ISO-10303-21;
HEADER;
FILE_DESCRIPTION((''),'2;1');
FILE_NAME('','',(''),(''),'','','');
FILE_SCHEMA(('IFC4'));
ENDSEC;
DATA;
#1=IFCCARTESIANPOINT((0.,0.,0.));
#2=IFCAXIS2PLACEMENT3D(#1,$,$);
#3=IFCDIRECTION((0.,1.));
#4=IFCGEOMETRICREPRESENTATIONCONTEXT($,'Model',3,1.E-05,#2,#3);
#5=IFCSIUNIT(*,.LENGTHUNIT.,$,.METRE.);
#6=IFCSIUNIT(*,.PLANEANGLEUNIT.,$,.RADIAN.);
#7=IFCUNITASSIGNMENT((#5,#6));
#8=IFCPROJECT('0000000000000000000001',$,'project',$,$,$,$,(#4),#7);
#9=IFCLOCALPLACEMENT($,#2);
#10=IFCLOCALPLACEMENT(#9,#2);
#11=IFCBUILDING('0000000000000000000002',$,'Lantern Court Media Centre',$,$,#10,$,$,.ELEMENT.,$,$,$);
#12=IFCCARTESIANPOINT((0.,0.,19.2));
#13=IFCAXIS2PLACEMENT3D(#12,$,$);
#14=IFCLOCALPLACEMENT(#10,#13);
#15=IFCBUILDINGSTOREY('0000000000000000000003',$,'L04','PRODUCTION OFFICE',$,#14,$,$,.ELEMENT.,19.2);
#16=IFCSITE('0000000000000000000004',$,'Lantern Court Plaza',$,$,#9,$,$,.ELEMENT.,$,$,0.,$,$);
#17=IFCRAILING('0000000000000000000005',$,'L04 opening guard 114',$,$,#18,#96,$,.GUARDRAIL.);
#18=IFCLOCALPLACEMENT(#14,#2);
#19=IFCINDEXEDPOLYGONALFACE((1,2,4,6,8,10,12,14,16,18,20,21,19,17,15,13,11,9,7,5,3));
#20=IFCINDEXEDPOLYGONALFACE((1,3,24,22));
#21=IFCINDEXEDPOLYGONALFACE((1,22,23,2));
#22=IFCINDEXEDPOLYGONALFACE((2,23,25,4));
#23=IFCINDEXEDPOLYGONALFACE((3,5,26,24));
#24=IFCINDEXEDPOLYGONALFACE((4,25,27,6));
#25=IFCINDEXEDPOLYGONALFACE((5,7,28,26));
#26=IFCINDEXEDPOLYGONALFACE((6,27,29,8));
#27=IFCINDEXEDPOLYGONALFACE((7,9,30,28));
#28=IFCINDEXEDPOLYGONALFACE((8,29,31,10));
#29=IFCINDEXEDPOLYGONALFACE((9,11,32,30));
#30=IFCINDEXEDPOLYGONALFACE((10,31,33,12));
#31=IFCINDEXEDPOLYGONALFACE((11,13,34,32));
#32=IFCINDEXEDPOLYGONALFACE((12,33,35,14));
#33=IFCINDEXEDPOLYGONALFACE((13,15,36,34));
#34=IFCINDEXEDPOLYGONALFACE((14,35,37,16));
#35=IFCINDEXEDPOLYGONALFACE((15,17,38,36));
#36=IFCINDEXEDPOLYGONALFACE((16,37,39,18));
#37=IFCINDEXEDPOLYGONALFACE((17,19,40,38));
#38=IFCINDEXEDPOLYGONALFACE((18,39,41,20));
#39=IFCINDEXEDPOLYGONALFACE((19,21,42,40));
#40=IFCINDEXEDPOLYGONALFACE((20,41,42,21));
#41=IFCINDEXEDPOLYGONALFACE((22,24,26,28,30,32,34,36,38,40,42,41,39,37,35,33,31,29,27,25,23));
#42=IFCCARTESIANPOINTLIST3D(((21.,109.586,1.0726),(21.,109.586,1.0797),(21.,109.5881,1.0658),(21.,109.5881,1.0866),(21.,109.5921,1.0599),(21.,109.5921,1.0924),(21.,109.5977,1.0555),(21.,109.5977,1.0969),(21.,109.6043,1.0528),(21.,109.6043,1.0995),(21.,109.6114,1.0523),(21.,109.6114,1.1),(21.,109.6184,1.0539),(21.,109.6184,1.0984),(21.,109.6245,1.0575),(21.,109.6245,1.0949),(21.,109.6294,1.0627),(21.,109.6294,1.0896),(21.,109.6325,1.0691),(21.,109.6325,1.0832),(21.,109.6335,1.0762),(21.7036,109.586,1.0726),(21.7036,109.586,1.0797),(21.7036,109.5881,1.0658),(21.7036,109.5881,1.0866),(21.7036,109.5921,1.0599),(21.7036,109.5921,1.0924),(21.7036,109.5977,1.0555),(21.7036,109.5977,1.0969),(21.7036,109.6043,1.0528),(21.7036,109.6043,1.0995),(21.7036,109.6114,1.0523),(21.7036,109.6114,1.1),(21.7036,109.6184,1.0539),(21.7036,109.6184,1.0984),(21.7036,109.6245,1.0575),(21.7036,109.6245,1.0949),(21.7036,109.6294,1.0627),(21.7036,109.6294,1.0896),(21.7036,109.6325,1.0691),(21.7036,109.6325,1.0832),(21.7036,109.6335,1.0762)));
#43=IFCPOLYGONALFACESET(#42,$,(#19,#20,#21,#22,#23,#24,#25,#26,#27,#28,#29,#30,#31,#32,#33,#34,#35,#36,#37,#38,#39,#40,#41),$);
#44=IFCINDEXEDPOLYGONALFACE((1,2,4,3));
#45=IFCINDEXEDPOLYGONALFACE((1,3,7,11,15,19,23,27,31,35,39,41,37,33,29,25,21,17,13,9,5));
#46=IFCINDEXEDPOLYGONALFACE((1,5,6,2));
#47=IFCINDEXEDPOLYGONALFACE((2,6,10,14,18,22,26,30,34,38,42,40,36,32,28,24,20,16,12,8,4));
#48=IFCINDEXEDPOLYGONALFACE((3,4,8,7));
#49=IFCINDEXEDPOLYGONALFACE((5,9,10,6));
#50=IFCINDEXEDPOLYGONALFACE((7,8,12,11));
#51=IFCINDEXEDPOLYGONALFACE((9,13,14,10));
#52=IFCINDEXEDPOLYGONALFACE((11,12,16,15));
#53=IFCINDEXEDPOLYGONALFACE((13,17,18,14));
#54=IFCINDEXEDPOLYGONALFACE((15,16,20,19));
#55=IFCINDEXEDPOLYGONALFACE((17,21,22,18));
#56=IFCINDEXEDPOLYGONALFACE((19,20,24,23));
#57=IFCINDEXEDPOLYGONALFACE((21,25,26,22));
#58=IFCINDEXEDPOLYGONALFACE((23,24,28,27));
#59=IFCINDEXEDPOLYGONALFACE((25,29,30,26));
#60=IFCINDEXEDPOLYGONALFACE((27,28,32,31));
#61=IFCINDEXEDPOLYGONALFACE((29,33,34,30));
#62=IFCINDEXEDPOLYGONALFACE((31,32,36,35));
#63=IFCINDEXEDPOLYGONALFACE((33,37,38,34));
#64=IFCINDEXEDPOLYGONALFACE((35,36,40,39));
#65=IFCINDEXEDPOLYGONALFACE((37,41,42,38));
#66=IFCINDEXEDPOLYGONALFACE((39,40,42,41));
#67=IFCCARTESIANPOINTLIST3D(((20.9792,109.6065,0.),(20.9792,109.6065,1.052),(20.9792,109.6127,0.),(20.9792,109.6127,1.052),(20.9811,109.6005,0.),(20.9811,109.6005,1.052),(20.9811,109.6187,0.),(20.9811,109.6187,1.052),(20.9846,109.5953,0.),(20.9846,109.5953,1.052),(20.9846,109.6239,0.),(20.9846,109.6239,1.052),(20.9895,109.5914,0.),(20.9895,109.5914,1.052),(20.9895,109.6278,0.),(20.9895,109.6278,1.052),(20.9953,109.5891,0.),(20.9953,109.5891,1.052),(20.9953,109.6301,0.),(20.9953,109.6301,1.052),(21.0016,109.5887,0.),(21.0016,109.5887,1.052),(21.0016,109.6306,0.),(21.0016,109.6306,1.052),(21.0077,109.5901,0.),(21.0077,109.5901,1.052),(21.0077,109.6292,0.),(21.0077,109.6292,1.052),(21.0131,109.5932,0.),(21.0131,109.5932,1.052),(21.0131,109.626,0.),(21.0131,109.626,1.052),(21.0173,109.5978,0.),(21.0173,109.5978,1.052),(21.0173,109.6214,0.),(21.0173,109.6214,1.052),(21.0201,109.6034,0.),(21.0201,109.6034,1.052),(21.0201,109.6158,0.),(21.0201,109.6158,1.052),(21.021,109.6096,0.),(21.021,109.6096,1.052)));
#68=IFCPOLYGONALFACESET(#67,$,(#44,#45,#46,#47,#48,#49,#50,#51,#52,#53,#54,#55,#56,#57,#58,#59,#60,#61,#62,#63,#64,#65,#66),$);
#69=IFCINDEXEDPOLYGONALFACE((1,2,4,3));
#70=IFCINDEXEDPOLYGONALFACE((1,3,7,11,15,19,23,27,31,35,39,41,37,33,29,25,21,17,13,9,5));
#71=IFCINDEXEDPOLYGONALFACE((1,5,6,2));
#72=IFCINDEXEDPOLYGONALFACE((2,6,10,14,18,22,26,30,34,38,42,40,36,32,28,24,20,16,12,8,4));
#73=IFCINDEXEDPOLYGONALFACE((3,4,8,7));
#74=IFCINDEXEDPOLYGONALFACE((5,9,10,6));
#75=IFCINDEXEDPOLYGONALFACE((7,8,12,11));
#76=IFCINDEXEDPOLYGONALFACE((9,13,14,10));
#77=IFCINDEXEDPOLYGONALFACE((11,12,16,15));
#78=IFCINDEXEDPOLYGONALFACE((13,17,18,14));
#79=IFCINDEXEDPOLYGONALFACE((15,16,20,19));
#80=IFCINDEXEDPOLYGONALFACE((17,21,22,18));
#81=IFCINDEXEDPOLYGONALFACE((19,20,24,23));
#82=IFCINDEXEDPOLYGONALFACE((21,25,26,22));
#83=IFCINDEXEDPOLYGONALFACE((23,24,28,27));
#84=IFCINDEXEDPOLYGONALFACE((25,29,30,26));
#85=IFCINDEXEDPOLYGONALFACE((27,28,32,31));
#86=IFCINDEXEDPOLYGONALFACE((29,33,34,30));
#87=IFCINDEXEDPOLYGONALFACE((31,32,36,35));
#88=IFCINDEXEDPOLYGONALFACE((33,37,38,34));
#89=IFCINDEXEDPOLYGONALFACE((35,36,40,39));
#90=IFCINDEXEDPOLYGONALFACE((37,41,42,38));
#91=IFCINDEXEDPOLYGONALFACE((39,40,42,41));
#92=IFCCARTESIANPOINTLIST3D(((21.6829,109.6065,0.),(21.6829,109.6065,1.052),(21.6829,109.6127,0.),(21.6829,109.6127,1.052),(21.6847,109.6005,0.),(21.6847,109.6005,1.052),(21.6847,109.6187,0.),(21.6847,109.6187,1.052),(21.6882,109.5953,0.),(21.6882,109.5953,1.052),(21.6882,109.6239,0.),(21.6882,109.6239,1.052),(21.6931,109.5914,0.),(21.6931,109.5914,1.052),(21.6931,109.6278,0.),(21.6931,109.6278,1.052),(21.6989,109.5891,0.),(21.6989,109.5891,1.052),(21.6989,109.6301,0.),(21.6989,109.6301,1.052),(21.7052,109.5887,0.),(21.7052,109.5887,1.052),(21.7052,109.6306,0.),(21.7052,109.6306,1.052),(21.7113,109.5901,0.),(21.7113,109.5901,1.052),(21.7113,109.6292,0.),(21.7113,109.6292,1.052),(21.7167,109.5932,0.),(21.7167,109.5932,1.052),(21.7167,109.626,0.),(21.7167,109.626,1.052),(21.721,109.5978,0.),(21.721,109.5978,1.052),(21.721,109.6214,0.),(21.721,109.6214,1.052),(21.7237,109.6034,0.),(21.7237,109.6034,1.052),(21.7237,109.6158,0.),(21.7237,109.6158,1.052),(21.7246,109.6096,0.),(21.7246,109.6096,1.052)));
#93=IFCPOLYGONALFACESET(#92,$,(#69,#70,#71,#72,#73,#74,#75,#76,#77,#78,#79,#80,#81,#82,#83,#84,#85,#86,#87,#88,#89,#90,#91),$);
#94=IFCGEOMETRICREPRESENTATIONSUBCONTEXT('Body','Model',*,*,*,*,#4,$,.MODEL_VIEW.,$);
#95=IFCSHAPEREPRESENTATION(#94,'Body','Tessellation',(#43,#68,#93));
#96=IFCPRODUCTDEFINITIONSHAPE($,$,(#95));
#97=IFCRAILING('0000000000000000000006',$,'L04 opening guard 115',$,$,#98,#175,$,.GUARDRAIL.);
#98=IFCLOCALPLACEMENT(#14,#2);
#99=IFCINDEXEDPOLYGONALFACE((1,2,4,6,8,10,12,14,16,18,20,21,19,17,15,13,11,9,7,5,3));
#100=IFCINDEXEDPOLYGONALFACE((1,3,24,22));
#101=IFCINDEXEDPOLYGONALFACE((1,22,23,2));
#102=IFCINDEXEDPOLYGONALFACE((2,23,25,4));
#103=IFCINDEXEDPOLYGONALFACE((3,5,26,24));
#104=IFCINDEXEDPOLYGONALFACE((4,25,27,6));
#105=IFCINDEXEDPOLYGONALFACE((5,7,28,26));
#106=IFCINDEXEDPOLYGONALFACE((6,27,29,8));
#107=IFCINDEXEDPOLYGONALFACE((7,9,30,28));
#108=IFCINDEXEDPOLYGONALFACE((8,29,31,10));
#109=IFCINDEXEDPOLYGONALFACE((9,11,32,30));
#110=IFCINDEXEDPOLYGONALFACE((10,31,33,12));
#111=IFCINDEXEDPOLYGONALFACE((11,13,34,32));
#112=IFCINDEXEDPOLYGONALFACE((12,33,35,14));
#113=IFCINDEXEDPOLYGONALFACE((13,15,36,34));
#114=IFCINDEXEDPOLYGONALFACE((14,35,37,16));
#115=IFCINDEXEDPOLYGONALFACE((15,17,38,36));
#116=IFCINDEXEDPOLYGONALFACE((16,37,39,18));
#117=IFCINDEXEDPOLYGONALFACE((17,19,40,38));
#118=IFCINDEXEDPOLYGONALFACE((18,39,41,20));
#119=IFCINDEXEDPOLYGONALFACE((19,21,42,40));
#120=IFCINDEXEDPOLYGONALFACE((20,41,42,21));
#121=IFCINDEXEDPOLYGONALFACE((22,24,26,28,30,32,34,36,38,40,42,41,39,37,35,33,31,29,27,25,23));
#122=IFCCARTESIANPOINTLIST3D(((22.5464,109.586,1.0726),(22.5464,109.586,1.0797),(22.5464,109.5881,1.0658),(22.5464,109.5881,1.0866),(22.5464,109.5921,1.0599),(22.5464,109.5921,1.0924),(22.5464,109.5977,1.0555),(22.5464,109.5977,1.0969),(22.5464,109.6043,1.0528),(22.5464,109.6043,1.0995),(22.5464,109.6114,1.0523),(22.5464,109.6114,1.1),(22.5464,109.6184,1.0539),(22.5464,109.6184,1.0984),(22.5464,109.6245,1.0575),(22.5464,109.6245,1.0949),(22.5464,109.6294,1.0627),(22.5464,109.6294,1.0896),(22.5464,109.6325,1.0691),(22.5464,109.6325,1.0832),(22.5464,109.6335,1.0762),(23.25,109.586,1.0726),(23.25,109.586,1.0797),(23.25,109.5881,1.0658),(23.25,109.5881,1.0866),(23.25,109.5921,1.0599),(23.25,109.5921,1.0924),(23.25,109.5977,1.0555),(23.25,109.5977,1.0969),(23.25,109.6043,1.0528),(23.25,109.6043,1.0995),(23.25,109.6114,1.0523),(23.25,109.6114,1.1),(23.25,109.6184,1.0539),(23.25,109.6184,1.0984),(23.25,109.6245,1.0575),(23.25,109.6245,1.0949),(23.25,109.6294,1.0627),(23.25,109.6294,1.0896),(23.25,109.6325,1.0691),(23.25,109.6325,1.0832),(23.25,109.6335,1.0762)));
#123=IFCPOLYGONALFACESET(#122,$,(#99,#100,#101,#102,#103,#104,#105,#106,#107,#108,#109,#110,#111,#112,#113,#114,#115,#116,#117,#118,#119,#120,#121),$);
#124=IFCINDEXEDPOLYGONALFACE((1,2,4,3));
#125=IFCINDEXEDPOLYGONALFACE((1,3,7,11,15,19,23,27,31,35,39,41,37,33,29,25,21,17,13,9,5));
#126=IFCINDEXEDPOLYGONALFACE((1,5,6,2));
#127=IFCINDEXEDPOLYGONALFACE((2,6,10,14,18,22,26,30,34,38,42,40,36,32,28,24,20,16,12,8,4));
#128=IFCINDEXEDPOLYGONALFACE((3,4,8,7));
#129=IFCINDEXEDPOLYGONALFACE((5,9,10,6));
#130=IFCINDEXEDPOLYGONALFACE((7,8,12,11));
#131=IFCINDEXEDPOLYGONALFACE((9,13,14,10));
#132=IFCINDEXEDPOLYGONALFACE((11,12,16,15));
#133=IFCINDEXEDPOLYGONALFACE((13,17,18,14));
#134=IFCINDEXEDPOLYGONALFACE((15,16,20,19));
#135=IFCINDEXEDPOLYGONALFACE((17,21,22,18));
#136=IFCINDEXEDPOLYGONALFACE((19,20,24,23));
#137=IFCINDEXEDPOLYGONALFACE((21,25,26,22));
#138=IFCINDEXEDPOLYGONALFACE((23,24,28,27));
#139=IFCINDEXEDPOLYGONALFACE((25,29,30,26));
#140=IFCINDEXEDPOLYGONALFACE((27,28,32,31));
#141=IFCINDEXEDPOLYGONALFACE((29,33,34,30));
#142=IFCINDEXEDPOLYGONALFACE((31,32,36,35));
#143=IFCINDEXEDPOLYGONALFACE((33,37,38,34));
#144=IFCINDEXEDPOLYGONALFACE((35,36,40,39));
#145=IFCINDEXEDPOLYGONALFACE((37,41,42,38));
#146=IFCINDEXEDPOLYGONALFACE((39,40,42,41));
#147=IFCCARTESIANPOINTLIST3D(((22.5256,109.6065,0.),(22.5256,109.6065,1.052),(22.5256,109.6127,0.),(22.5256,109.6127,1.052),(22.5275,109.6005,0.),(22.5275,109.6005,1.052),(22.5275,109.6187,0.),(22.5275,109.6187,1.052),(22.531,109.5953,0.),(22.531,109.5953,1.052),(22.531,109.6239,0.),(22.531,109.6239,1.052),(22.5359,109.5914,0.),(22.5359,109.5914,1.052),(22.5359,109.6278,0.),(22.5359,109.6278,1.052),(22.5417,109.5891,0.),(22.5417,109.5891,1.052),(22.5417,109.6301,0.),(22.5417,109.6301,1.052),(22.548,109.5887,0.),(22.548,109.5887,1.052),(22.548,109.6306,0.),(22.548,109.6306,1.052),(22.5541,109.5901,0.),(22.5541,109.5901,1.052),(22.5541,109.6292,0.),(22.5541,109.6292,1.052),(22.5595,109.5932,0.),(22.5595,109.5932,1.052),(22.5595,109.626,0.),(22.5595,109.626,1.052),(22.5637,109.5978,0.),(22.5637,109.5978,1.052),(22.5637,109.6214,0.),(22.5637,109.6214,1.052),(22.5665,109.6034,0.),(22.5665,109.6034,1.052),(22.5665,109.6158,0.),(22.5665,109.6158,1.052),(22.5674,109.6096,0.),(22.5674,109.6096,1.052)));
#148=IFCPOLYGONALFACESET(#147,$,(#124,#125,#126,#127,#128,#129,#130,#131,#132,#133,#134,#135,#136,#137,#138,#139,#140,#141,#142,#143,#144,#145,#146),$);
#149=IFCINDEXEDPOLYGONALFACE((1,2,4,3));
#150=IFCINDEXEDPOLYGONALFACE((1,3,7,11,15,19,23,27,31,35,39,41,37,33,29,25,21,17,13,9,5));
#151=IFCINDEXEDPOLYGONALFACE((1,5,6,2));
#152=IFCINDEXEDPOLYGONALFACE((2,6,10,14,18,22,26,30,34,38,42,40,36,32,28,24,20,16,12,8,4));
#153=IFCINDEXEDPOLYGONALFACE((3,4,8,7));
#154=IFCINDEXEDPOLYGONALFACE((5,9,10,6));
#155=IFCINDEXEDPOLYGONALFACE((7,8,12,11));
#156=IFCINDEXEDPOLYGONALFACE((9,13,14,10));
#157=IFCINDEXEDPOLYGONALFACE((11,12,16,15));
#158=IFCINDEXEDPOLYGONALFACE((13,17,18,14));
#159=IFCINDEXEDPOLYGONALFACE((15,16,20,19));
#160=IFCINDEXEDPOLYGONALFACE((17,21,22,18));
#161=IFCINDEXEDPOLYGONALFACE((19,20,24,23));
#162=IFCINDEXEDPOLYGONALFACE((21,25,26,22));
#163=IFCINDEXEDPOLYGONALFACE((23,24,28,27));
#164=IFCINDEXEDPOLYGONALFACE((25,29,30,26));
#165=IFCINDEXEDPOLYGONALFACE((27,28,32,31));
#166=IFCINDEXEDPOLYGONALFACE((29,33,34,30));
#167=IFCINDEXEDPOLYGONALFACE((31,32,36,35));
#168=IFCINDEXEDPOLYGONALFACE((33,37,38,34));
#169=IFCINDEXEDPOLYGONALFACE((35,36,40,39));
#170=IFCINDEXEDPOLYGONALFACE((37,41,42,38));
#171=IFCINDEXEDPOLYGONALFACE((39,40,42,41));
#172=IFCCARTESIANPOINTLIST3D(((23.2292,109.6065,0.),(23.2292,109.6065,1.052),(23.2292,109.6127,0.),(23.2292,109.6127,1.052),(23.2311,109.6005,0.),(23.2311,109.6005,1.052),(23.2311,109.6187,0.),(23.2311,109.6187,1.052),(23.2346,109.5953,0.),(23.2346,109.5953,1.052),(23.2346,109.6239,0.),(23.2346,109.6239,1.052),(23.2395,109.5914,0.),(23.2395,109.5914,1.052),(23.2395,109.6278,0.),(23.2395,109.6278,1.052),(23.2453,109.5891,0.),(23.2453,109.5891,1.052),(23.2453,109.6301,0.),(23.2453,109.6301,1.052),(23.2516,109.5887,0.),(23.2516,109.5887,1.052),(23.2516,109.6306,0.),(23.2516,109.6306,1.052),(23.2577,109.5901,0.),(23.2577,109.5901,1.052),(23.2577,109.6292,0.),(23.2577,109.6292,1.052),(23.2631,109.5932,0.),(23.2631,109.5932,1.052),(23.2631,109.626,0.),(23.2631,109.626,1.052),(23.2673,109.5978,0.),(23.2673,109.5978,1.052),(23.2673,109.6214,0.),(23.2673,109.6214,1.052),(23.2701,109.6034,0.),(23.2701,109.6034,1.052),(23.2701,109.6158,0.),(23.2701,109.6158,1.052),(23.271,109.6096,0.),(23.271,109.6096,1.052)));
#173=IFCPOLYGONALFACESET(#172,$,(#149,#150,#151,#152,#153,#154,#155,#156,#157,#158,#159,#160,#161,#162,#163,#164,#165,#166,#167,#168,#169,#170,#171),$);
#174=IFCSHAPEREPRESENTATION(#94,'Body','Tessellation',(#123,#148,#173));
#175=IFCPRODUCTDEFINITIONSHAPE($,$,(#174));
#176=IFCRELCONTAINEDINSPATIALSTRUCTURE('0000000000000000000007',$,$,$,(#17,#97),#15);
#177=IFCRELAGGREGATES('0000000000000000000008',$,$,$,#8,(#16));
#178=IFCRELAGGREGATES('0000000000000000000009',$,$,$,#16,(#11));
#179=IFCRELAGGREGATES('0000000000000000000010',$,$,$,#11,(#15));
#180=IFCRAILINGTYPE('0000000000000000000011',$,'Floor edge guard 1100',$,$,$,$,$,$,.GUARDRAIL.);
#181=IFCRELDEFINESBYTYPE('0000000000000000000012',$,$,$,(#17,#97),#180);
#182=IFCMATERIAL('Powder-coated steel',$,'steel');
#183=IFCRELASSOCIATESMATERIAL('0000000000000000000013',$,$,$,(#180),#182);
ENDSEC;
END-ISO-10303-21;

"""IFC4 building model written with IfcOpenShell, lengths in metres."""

from ifc_helpers import new_model, si_unit, direction, frame, origin, origin_2d, place, context, subcontext, project, spatial, circle, extrude, material, type_object, element, save


model = new_model("IFC4")

# Units and contexts
model_context = context("Model", 3, precision=1e-05, world=origin(), true_north=direction((0.0, 1.0)))
body_context = subcontext(model_context, "Body", "Model", "MODEL_VIEW")
ifc_project = project(units=[si_unit("LENGTHUNIT", "METRE"), si_unit("PLANEANGLEUNIT", "RADIAN")], contexts=[model_context])

# Site, building, storey
site_placement = place(None, origin())
site = spatial("IfcSite", under=ifc_project, at=site_placement, Name="Lantern Court Plaza", CompositionType="ELEMENT", RefElevation=0.0)
building_placement = place(site_placement, origin())
building = spatial("IfcBuilding", under=site, at=building_placement, Name="Lantern Court Media Centre", CompositionType="ELEMENT")
storey_placement = place(building_placement, frame((0.0, 0.0, 19.2)))
storey = spatial("IfcBuildingStorey", under=building, at=storey_placement, Name="L04", Description="PRODUCTION OFFICE", CompositionType="ELEMENT", Elevation=19.2)

# Railings
ifc_material_1 = material(Name="Powder-coated steel", Category="steel")
railing_type_1 = type_object("IfcRailingType", Name="Floor edge guard 1100", PredefinedType="GUARDRAIL", material=ifc_material_1)
for number, where, name in (
    (1, (21.0, 109.6096, 0.0), "L04 opening guard 114"),
    (2, (22.5464, 109.6096, 0.0), "L04 opening guard 115"),
):
    element("IfcRailing", number, at=place(storey_placement, frame(where)), inside=storey, type_object=railing_type_1, Name=name, PredefinedType="GUARDRAIL", context=body_context, shape_type="SweptSolid", body=[
        extrude(circle(Radius=0.0239, at=origin_2d()), frame((0.0, 0.0, 1.0762), z_axis=(1.0, 0.0, 0.0), x_axis=(0.0, 1.0, 0.0)), (0.0, 0.0, 1.0), 0.7036),
        extrude(circle(Radius=0.021, at=origin_2d()), origin(), (0.0, 0.0, 1.0), 1.052),
        extrude(circle(Radius=0.021, at=origin_2d()), frame((0.7036, 0.0, 0.0)), (0.0, 0.0, 1.0), 1.052),
    ])

save(model, "model.ifc")
